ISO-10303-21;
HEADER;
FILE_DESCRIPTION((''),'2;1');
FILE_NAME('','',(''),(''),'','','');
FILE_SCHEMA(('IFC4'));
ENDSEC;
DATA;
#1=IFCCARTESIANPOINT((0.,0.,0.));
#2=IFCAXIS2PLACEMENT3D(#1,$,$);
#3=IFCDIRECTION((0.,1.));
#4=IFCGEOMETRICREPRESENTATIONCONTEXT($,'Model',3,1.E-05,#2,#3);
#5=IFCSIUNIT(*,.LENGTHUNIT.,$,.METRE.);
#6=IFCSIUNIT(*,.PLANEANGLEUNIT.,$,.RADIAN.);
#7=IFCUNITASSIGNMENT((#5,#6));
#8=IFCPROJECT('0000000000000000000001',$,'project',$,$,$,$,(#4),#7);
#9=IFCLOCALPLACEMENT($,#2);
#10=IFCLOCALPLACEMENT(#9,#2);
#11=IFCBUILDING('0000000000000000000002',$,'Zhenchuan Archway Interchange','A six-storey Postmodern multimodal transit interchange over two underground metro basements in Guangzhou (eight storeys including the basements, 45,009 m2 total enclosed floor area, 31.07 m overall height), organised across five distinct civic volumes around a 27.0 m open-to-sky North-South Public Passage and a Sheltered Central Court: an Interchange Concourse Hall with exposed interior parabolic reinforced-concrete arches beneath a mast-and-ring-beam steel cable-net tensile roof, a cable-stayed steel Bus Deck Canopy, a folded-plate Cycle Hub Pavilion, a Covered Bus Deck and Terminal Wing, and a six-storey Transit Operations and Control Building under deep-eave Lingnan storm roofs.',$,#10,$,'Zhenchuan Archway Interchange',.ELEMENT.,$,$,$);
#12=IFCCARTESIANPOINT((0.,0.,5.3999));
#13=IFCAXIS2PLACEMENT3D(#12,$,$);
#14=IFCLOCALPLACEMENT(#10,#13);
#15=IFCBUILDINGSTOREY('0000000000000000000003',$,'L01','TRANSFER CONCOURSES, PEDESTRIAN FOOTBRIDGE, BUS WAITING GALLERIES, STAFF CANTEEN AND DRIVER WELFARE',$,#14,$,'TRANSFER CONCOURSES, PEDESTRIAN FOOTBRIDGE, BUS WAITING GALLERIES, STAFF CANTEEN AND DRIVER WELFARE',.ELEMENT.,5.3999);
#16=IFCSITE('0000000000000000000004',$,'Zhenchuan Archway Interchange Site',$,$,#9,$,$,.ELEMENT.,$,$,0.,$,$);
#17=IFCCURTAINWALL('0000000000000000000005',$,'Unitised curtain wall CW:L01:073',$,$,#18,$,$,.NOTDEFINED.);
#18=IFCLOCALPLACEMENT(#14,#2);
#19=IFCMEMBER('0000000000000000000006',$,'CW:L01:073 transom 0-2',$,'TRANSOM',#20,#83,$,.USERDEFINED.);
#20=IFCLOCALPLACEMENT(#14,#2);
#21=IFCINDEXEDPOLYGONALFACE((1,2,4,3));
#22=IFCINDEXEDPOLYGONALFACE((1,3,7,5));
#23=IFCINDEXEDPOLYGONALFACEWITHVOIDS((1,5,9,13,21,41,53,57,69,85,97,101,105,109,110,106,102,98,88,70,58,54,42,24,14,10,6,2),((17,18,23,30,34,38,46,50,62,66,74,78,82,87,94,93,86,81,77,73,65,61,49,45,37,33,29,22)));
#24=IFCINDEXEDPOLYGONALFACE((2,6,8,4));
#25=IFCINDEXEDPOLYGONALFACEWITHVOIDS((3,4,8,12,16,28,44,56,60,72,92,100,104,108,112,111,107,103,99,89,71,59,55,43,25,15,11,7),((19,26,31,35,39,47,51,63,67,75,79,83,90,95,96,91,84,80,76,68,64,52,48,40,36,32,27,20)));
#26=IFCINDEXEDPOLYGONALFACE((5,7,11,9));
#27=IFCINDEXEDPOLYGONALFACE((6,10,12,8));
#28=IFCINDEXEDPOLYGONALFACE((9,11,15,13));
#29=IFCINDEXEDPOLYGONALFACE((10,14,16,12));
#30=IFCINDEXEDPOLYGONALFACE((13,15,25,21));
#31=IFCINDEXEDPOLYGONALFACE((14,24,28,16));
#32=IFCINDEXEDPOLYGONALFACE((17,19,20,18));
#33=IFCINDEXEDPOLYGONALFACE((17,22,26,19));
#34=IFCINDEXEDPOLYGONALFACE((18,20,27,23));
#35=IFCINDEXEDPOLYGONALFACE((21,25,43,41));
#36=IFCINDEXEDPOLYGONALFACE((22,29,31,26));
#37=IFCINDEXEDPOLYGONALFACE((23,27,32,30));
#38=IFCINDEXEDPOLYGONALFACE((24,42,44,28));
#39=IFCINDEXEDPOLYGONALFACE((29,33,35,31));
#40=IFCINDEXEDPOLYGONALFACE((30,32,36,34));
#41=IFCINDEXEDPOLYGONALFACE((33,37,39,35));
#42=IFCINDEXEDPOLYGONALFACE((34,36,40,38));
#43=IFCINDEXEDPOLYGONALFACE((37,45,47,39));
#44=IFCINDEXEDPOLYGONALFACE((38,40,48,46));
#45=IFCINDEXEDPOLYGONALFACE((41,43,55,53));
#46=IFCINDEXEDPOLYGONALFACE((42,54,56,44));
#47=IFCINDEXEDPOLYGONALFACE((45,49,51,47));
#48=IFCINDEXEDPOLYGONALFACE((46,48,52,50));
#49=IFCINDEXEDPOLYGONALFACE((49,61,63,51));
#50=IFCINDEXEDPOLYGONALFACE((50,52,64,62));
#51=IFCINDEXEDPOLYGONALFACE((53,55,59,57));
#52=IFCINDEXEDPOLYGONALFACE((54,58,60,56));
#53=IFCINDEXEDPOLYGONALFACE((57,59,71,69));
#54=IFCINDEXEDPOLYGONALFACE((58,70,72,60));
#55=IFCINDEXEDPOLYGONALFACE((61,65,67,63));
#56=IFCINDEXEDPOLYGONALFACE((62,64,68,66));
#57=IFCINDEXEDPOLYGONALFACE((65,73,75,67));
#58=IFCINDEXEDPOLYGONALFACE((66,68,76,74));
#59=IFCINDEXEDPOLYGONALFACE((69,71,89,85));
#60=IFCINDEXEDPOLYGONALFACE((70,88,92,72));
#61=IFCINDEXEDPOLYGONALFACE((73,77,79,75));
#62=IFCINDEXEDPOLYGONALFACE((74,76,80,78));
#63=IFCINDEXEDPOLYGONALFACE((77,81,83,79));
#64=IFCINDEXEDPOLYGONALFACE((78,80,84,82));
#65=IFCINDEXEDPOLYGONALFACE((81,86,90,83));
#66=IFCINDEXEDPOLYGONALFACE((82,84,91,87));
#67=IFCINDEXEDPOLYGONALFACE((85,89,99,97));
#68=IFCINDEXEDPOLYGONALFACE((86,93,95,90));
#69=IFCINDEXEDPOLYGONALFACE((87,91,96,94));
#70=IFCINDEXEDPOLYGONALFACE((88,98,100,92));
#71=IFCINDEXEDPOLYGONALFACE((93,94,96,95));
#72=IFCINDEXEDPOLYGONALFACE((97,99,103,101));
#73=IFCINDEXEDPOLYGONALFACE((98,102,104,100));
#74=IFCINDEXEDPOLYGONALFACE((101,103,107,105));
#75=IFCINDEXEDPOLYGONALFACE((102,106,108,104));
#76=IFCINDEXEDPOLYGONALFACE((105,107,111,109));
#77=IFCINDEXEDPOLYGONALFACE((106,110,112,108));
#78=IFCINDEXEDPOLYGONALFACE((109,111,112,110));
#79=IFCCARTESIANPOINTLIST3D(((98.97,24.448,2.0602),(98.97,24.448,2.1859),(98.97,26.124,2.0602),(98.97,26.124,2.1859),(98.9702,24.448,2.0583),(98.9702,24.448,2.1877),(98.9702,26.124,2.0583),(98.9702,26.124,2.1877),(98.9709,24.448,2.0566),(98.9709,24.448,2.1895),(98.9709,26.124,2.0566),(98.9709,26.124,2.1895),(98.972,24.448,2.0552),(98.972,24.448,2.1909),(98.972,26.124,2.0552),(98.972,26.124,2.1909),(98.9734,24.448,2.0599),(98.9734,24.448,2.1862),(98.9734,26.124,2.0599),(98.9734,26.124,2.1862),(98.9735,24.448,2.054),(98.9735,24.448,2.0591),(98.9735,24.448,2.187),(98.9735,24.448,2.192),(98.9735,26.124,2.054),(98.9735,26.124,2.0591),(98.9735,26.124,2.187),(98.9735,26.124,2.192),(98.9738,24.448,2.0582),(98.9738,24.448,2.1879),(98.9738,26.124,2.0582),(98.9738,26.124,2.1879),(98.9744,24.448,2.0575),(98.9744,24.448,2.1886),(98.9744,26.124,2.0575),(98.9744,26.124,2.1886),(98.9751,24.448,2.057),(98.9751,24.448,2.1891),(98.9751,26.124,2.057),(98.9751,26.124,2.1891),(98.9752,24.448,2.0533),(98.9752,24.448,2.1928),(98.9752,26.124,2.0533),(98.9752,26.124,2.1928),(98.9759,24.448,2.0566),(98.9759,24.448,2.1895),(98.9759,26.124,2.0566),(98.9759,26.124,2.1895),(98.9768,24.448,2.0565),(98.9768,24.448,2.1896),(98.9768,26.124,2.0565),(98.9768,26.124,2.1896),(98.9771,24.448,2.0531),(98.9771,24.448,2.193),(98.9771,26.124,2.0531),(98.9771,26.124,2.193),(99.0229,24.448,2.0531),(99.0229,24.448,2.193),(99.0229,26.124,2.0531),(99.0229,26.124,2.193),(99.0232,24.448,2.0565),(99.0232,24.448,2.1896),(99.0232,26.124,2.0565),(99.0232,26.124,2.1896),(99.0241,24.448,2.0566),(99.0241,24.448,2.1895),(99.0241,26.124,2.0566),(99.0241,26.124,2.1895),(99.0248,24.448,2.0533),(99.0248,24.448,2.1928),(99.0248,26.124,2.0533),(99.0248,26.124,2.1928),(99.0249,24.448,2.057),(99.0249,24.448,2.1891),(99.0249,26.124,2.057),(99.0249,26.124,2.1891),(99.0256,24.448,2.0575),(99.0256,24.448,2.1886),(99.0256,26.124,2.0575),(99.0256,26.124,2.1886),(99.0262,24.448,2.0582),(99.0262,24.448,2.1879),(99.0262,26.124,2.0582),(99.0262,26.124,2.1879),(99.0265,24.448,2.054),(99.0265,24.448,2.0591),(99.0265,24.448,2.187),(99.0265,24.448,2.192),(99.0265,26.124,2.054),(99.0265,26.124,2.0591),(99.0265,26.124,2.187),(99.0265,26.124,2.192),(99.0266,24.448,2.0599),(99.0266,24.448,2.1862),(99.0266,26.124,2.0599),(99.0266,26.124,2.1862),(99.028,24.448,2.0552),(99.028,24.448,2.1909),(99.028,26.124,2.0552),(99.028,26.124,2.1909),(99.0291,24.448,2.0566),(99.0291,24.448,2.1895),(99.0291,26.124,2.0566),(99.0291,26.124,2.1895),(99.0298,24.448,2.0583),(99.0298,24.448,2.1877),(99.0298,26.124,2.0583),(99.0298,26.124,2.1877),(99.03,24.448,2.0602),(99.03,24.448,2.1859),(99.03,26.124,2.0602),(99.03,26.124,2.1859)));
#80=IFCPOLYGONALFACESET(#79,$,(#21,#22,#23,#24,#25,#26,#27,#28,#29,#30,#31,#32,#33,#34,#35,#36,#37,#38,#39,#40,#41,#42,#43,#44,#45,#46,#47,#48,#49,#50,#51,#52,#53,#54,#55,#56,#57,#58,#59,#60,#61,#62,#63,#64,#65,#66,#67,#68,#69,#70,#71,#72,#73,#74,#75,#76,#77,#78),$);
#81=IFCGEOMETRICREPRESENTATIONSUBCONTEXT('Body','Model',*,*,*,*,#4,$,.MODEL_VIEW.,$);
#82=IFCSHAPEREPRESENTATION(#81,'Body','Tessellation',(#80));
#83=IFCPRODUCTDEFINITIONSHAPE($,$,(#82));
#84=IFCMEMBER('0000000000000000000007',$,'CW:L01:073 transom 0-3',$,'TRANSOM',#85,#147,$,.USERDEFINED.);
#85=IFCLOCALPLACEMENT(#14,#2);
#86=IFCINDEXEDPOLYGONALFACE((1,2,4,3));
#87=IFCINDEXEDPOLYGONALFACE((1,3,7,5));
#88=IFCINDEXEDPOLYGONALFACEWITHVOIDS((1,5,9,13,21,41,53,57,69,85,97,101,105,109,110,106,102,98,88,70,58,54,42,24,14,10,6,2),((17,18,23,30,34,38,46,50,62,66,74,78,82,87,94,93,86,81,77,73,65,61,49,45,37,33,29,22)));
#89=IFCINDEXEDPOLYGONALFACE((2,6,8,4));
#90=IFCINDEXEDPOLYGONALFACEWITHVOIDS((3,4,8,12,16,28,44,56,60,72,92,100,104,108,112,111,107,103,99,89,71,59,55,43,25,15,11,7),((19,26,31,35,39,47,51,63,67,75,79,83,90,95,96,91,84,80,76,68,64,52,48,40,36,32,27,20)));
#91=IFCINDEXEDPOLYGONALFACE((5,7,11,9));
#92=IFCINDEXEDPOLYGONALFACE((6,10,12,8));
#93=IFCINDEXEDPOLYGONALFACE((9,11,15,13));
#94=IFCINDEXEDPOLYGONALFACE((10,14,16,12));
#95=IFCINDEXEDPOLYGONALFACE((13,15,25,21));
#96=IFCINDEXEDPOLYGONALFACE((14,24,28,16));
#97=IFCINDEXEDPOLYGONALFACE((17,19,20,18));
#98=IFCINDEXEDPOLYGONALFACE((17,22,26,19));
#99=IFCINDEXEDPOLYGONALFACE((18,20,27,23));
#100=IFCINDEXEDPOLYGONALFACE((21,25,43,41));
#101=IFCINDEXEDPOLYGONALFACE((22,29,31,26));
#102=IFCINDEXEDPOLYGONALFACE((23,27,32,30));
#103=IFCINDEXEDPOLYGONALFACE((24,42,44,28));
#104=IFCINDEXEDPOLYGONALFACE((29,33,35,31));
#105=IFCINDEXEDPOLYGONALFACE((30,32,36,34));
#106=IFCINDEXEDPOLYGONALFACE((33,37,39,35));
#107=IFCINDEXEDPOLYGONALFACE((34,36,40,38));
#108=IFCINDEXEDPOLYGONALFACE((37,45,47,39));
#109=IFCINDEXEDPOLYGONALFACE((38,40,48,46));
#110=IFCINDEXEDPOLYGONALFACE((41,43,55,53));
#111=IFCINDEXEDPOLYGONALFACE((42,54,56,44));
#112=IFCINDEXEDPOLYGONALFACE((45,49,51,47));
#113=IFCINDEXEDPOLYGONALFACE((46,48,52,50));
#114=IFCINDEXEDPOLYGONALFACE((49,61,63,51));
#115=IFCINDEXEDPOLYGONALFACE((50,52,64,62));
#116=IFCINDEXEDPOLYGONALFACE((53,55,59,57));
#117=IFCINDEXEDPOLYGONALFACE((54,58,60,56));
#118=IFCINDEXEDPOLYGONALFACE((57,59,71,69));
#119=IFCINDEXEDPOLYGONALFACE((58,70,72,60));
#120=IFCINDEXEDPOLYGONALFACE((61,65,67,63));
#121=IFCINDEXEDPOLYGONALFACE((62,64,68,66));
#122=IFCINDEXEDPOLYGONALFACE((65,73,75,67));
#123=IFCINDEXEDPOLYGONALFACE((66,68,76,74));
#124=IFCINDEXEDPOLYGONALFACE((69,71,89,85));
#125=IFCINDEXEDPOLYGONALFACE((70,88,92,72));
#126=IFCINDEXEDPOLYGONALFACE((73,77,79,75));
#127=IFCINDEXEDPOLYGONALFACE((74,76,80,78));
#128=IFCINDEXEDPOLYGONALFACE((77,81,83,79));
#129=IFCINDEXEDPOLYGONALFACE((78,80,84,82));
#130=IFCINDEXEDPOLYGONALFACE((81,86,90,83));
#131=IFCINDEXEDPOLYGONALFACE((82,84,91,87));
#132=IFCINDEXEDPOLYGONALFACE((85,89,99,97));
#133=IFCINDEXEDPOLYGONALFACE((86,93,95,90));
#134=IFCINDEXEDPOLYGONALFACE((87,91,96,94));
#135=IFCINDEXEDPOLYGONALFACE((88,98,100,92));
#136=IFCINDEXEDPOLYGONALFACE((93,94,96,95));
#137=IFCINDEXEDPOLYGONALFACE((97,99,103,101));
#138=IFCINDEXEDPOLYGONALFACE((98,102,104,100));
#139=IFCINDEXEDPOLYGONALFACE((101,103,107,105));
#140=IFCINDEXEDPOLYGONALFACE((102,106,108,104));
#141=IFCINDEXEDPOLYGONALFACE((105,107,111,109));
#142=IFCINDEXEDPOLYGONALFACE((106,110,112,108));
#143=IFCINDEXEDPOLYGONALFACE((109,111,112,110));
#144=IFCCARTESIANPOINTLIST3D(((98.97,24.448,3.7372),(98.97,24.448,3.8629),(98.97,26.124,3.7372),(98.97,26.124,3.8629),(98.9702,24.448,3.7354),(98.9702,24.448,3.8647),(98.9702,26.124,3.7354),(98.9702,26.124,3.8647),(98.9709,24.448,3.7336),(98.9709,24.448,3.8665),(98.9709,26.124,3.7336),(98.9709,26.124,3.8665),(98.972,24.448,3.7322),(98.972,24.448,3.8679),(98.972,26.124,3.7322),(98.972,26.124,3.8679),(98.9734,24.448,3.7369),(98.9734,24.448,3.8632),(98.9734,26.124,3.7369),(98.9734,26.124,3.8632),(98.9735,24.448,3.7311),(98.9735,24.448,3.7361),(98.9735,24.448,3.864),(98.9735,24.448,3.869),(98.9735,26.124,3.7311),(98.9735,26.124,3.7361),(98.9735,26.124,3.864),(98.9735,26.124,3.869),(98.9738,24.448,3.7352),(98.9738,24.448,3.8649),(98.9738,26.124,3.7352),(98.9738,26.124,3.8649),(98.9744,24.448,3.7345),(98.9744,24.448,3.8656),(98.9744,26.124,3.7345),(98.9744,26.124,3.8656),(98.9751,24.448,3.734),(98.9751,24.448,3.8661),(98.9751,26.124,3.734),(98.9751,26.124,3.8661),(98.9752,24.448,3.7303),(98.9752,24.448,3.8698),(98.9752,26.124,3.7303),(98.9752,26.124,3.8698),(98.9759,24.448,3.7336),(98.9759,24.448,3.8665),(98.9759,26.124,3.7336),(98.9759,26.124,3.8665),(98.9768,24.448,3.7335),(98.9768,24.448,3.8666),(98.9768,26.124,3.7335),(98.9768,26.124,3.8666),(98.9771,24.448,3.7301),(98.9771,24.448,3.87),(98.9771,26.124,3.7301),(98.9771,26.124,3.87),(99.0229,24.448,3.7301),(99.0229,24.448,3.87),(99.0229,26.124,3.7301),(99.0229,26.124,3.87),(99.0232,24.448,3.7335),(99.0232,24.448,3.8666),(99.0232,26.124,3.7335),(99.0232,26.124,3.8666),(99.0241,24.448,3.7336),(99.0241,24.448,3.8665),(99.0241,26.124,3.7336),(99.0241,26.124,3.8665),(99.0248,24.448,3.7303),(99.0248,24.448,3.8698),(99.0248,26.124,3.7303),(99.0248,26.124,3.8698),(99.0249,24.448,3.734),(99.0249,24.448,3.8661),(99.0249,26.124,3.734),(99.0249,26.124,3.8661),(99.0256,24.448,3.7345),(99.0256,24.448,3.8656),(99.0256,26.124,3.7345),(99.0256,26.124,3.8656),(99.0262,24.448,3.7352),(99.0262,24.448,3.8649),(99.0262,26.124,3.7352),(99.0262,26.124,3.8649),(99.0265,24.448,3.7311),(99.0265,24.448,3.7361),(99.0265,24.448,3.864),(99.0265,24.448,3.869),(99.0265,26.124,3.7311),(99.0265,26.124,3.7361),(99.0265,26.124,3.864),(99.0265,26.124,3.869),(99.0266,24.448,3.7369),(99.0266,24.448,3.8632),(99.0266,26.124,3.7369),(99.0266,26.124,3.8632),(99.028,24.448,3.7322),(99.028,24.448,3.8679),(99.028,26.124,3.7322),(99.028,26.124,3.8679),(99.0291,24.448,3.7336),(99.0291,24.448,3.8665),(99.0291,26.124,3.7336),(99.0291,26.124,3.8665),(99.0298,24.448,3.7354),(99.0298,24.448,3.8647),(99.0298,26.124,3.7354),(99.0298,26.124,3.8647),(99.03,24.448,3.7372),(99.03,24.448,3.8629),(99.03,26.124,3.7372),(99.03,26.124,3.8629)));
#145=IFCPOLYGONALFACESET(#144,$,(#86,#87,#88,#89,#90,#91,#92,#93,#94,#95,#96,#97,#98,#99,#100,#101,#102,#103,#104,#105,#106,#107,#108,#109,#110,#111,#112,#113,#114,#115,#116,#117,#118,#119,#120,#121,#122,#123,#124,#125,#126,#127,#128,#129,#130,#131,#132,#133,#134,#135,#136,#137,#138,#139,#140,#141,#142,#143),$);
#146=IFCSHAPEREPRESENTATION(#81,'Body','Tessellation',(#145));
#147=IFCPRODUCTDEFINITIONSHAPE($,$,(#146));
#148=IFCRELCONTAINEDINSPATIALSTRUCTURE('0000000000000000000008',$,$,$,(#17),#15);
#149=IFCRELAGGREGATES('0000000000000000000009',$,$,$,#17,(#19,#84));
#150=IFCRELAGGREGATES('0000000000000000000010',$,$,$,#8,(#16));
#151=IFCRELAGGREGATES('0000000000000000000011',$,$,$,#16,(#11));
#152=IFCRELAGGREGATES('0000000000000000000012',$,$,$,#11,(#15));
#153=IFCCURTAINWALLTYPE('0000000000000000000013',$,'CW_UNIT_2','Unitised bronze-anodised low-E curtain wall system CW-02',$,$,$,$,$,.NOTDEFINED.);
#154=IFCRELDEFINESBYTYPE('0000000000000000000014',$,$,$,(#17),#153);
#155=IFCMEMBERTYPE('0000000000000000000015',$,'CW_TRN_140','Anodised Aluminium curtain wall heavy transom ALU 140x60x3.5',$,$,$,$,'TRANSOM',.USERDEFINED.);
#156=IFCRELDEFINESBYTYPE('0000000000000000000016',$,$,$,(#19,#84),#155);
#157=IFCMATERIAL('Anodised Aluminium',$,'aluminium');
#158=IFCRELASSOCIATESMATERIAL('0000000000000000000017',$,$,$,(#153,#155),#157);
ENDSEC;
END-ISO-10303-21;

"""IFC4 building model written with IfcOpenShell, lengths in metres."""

from ifc_helpers import new_model, si_unit, direction, frame, origin, origin_2d, place, context, subcontext, project, spatial, hollow_rectangle, extrude, material, material_profile, profile_set, type_object, element, aggregate, save


model = new_model("IFC4")

# Units and contexts
model_context = context("Model", 3, precision=1e-05, world=origin(), true_north=direction((0.0, 1.0)))
body_context = subcontext(model_context, "Body", "Model", "MODEL_VIEW")
ifc_project = project(units=[si_unit("LENGTHUNIT", "METRE"), si_unit("PLANEANGLEUNIT", "RADIAN")], contexts=[model_context])

# Site, building, storey
site_placement = place(None, origin())
site = spatial("IfcSite", under=ifc_project, at=site_placement, Name="Zhenchuan Archway Interchange Site", CompositionType="ELEMENT", RefElevation=0.0)
building_placement = place(site_placement, origin())
building = spatial("IfcBuilding", under=site, at=building_placement, Name="Zhenchuan Archway Interchange", Description="A six-storey Postmodern multimodal transit interchange over two underground metro basements in Guangzhou (eight storeys including the basements, 45,009 m2 total enclosed floor area, 31.07 m overall height), organised across five distinct civic volumes around a 27.0 m open-to-sky North-South Public Passage and a Sheltered Central Court: an Interchange Concourse Hall with exposed interior parabolic reinforced-concrete arches beneath a mast-and-ring-beam steel cable-net tensile roof, a cable-stayed steel Bus Deck Canopy, a folded-plate Cycle Hub Pavilion, a Covered Bus Deck and Terminal Wing, and a six-storey Transit Operations and Control Building under deep-eave Lingnan storm roofs.", LongName="Zhenchuan Archway Interchange", CompositionType="ELEMENT")
storey_placement = place(building_placement, frame((0.0, 0.0, 5.3999)))
storey = spatial("IfcBuildingStorey", under=building, at=storey_placement, Name="L01", Description="TRANSFER CONCOURSES, PEDESTRIAN FOOTBRIDGE, BUS WAITING GALLERIES, STAFF CANTEEN AND DRIVER WELFARE", LongName="TRANSFER CONCOURSES, PEDESTRIAN FOOTBRIDGE, BUS WAITING GALLERIES, STAFF CANTEEN AND DRIVER WELFARE", CompositionType="ELEMENT", Elevation=5.3999)

# Curtain wall, members
ifc_material_1 = material(Name="Anodised Aluminium", Category="aluminium")
curtain_wall_type = type_object("IfcCurtainWallType", Name="CW_UNIT_2", Description="Unitised bronze-anodised low-E curtain wall system CW-02", PredefinedType="NOTDEFINED", material=ifc_material_1)
curtain_wall_placement = place(storey_placement, origin())
curtain_wall = element("IfcCurtainWall", 1, at=curtain_wall_placement, inside=storey, type_object=curtain_wall_type, Name="Unitised curtain wall CW:L01:073", PredefinedType="NOTDEFINED")
ifc_material_profile_1 = material_profile(ifc_material_1, hollow_rectangle(XDim=0.0601, YDim=0.1399, WallThickness=0.0034, InnerFilletRadius=0.0034, OuterFilletRadius=0.0071, at=origin_2d()), Name="ALU 140x60x3.5")
ifc_profile_set_1 = profile_set([ifc_material_profile_1], Name="Anodised Aluminium")
member_type_1 = type_object("IfcMemberType", Name="CW_TRN_140", Description="Anodised Aluminium curtain wall heavy transom ALU 140x60x3.5", ElementType="TRANSOM", PredefinedType="USERDEFINED", material=ifc_profile_set_1)
member_1_placement = place(storey_placement, frame((99.0, 24.448, 2.123), z_axis=(0.0, 1.0, 0.0), x_axis=(-1.0, 0.0, 0.0)))
member_1 = element("IfcMember", 2, at=member_1_placement, type_object=member_type_1, Name="CW:L01:073 transom 0-2", ObjectType="TRANSOM", PredefinedType="USERDEFINED", context=body_context, shape_type="SweptSolid", body=[
    extrude(hollow_rectangle(XDim=0.0601, YDim=0.1399, WallThickness=0.0034, InnerFilletRadius=0.0034, OuterFilletRadius=0.0071, at=origin_2d()), origin(), (0.0, 0.0, 1.0), 1.676),
])
member_2_placement = place(storey_placement, frame((99.0, 24.448, 3.8), z_axis=(0.0, 1.0, 0.0), x_axis=(-1.0, 0.0, 0.0)))
member_2 = element("IfcMember", 3, at=member_2_placement, type_object=member_type_1, Name="CW:L01:073 transom 0-3", ObjectType="TRANSOM", PredefinedType="USERDEFINED", context=body_context, shape_type="SweptSolid", body=[
    extrude(hollow_rectangle(XDim=0.0601, YDim=0.1399, WallThickness=0.0034, InnerFilletRadius=0.0034, OuterFilletRadius=0.0071, at=origin_2d()), origin(), (0.0, 0.0, 1.0), 1.676),
])

aggregate(curtain_wall, [member_1, member_2])

save(model, "model.ifc")
